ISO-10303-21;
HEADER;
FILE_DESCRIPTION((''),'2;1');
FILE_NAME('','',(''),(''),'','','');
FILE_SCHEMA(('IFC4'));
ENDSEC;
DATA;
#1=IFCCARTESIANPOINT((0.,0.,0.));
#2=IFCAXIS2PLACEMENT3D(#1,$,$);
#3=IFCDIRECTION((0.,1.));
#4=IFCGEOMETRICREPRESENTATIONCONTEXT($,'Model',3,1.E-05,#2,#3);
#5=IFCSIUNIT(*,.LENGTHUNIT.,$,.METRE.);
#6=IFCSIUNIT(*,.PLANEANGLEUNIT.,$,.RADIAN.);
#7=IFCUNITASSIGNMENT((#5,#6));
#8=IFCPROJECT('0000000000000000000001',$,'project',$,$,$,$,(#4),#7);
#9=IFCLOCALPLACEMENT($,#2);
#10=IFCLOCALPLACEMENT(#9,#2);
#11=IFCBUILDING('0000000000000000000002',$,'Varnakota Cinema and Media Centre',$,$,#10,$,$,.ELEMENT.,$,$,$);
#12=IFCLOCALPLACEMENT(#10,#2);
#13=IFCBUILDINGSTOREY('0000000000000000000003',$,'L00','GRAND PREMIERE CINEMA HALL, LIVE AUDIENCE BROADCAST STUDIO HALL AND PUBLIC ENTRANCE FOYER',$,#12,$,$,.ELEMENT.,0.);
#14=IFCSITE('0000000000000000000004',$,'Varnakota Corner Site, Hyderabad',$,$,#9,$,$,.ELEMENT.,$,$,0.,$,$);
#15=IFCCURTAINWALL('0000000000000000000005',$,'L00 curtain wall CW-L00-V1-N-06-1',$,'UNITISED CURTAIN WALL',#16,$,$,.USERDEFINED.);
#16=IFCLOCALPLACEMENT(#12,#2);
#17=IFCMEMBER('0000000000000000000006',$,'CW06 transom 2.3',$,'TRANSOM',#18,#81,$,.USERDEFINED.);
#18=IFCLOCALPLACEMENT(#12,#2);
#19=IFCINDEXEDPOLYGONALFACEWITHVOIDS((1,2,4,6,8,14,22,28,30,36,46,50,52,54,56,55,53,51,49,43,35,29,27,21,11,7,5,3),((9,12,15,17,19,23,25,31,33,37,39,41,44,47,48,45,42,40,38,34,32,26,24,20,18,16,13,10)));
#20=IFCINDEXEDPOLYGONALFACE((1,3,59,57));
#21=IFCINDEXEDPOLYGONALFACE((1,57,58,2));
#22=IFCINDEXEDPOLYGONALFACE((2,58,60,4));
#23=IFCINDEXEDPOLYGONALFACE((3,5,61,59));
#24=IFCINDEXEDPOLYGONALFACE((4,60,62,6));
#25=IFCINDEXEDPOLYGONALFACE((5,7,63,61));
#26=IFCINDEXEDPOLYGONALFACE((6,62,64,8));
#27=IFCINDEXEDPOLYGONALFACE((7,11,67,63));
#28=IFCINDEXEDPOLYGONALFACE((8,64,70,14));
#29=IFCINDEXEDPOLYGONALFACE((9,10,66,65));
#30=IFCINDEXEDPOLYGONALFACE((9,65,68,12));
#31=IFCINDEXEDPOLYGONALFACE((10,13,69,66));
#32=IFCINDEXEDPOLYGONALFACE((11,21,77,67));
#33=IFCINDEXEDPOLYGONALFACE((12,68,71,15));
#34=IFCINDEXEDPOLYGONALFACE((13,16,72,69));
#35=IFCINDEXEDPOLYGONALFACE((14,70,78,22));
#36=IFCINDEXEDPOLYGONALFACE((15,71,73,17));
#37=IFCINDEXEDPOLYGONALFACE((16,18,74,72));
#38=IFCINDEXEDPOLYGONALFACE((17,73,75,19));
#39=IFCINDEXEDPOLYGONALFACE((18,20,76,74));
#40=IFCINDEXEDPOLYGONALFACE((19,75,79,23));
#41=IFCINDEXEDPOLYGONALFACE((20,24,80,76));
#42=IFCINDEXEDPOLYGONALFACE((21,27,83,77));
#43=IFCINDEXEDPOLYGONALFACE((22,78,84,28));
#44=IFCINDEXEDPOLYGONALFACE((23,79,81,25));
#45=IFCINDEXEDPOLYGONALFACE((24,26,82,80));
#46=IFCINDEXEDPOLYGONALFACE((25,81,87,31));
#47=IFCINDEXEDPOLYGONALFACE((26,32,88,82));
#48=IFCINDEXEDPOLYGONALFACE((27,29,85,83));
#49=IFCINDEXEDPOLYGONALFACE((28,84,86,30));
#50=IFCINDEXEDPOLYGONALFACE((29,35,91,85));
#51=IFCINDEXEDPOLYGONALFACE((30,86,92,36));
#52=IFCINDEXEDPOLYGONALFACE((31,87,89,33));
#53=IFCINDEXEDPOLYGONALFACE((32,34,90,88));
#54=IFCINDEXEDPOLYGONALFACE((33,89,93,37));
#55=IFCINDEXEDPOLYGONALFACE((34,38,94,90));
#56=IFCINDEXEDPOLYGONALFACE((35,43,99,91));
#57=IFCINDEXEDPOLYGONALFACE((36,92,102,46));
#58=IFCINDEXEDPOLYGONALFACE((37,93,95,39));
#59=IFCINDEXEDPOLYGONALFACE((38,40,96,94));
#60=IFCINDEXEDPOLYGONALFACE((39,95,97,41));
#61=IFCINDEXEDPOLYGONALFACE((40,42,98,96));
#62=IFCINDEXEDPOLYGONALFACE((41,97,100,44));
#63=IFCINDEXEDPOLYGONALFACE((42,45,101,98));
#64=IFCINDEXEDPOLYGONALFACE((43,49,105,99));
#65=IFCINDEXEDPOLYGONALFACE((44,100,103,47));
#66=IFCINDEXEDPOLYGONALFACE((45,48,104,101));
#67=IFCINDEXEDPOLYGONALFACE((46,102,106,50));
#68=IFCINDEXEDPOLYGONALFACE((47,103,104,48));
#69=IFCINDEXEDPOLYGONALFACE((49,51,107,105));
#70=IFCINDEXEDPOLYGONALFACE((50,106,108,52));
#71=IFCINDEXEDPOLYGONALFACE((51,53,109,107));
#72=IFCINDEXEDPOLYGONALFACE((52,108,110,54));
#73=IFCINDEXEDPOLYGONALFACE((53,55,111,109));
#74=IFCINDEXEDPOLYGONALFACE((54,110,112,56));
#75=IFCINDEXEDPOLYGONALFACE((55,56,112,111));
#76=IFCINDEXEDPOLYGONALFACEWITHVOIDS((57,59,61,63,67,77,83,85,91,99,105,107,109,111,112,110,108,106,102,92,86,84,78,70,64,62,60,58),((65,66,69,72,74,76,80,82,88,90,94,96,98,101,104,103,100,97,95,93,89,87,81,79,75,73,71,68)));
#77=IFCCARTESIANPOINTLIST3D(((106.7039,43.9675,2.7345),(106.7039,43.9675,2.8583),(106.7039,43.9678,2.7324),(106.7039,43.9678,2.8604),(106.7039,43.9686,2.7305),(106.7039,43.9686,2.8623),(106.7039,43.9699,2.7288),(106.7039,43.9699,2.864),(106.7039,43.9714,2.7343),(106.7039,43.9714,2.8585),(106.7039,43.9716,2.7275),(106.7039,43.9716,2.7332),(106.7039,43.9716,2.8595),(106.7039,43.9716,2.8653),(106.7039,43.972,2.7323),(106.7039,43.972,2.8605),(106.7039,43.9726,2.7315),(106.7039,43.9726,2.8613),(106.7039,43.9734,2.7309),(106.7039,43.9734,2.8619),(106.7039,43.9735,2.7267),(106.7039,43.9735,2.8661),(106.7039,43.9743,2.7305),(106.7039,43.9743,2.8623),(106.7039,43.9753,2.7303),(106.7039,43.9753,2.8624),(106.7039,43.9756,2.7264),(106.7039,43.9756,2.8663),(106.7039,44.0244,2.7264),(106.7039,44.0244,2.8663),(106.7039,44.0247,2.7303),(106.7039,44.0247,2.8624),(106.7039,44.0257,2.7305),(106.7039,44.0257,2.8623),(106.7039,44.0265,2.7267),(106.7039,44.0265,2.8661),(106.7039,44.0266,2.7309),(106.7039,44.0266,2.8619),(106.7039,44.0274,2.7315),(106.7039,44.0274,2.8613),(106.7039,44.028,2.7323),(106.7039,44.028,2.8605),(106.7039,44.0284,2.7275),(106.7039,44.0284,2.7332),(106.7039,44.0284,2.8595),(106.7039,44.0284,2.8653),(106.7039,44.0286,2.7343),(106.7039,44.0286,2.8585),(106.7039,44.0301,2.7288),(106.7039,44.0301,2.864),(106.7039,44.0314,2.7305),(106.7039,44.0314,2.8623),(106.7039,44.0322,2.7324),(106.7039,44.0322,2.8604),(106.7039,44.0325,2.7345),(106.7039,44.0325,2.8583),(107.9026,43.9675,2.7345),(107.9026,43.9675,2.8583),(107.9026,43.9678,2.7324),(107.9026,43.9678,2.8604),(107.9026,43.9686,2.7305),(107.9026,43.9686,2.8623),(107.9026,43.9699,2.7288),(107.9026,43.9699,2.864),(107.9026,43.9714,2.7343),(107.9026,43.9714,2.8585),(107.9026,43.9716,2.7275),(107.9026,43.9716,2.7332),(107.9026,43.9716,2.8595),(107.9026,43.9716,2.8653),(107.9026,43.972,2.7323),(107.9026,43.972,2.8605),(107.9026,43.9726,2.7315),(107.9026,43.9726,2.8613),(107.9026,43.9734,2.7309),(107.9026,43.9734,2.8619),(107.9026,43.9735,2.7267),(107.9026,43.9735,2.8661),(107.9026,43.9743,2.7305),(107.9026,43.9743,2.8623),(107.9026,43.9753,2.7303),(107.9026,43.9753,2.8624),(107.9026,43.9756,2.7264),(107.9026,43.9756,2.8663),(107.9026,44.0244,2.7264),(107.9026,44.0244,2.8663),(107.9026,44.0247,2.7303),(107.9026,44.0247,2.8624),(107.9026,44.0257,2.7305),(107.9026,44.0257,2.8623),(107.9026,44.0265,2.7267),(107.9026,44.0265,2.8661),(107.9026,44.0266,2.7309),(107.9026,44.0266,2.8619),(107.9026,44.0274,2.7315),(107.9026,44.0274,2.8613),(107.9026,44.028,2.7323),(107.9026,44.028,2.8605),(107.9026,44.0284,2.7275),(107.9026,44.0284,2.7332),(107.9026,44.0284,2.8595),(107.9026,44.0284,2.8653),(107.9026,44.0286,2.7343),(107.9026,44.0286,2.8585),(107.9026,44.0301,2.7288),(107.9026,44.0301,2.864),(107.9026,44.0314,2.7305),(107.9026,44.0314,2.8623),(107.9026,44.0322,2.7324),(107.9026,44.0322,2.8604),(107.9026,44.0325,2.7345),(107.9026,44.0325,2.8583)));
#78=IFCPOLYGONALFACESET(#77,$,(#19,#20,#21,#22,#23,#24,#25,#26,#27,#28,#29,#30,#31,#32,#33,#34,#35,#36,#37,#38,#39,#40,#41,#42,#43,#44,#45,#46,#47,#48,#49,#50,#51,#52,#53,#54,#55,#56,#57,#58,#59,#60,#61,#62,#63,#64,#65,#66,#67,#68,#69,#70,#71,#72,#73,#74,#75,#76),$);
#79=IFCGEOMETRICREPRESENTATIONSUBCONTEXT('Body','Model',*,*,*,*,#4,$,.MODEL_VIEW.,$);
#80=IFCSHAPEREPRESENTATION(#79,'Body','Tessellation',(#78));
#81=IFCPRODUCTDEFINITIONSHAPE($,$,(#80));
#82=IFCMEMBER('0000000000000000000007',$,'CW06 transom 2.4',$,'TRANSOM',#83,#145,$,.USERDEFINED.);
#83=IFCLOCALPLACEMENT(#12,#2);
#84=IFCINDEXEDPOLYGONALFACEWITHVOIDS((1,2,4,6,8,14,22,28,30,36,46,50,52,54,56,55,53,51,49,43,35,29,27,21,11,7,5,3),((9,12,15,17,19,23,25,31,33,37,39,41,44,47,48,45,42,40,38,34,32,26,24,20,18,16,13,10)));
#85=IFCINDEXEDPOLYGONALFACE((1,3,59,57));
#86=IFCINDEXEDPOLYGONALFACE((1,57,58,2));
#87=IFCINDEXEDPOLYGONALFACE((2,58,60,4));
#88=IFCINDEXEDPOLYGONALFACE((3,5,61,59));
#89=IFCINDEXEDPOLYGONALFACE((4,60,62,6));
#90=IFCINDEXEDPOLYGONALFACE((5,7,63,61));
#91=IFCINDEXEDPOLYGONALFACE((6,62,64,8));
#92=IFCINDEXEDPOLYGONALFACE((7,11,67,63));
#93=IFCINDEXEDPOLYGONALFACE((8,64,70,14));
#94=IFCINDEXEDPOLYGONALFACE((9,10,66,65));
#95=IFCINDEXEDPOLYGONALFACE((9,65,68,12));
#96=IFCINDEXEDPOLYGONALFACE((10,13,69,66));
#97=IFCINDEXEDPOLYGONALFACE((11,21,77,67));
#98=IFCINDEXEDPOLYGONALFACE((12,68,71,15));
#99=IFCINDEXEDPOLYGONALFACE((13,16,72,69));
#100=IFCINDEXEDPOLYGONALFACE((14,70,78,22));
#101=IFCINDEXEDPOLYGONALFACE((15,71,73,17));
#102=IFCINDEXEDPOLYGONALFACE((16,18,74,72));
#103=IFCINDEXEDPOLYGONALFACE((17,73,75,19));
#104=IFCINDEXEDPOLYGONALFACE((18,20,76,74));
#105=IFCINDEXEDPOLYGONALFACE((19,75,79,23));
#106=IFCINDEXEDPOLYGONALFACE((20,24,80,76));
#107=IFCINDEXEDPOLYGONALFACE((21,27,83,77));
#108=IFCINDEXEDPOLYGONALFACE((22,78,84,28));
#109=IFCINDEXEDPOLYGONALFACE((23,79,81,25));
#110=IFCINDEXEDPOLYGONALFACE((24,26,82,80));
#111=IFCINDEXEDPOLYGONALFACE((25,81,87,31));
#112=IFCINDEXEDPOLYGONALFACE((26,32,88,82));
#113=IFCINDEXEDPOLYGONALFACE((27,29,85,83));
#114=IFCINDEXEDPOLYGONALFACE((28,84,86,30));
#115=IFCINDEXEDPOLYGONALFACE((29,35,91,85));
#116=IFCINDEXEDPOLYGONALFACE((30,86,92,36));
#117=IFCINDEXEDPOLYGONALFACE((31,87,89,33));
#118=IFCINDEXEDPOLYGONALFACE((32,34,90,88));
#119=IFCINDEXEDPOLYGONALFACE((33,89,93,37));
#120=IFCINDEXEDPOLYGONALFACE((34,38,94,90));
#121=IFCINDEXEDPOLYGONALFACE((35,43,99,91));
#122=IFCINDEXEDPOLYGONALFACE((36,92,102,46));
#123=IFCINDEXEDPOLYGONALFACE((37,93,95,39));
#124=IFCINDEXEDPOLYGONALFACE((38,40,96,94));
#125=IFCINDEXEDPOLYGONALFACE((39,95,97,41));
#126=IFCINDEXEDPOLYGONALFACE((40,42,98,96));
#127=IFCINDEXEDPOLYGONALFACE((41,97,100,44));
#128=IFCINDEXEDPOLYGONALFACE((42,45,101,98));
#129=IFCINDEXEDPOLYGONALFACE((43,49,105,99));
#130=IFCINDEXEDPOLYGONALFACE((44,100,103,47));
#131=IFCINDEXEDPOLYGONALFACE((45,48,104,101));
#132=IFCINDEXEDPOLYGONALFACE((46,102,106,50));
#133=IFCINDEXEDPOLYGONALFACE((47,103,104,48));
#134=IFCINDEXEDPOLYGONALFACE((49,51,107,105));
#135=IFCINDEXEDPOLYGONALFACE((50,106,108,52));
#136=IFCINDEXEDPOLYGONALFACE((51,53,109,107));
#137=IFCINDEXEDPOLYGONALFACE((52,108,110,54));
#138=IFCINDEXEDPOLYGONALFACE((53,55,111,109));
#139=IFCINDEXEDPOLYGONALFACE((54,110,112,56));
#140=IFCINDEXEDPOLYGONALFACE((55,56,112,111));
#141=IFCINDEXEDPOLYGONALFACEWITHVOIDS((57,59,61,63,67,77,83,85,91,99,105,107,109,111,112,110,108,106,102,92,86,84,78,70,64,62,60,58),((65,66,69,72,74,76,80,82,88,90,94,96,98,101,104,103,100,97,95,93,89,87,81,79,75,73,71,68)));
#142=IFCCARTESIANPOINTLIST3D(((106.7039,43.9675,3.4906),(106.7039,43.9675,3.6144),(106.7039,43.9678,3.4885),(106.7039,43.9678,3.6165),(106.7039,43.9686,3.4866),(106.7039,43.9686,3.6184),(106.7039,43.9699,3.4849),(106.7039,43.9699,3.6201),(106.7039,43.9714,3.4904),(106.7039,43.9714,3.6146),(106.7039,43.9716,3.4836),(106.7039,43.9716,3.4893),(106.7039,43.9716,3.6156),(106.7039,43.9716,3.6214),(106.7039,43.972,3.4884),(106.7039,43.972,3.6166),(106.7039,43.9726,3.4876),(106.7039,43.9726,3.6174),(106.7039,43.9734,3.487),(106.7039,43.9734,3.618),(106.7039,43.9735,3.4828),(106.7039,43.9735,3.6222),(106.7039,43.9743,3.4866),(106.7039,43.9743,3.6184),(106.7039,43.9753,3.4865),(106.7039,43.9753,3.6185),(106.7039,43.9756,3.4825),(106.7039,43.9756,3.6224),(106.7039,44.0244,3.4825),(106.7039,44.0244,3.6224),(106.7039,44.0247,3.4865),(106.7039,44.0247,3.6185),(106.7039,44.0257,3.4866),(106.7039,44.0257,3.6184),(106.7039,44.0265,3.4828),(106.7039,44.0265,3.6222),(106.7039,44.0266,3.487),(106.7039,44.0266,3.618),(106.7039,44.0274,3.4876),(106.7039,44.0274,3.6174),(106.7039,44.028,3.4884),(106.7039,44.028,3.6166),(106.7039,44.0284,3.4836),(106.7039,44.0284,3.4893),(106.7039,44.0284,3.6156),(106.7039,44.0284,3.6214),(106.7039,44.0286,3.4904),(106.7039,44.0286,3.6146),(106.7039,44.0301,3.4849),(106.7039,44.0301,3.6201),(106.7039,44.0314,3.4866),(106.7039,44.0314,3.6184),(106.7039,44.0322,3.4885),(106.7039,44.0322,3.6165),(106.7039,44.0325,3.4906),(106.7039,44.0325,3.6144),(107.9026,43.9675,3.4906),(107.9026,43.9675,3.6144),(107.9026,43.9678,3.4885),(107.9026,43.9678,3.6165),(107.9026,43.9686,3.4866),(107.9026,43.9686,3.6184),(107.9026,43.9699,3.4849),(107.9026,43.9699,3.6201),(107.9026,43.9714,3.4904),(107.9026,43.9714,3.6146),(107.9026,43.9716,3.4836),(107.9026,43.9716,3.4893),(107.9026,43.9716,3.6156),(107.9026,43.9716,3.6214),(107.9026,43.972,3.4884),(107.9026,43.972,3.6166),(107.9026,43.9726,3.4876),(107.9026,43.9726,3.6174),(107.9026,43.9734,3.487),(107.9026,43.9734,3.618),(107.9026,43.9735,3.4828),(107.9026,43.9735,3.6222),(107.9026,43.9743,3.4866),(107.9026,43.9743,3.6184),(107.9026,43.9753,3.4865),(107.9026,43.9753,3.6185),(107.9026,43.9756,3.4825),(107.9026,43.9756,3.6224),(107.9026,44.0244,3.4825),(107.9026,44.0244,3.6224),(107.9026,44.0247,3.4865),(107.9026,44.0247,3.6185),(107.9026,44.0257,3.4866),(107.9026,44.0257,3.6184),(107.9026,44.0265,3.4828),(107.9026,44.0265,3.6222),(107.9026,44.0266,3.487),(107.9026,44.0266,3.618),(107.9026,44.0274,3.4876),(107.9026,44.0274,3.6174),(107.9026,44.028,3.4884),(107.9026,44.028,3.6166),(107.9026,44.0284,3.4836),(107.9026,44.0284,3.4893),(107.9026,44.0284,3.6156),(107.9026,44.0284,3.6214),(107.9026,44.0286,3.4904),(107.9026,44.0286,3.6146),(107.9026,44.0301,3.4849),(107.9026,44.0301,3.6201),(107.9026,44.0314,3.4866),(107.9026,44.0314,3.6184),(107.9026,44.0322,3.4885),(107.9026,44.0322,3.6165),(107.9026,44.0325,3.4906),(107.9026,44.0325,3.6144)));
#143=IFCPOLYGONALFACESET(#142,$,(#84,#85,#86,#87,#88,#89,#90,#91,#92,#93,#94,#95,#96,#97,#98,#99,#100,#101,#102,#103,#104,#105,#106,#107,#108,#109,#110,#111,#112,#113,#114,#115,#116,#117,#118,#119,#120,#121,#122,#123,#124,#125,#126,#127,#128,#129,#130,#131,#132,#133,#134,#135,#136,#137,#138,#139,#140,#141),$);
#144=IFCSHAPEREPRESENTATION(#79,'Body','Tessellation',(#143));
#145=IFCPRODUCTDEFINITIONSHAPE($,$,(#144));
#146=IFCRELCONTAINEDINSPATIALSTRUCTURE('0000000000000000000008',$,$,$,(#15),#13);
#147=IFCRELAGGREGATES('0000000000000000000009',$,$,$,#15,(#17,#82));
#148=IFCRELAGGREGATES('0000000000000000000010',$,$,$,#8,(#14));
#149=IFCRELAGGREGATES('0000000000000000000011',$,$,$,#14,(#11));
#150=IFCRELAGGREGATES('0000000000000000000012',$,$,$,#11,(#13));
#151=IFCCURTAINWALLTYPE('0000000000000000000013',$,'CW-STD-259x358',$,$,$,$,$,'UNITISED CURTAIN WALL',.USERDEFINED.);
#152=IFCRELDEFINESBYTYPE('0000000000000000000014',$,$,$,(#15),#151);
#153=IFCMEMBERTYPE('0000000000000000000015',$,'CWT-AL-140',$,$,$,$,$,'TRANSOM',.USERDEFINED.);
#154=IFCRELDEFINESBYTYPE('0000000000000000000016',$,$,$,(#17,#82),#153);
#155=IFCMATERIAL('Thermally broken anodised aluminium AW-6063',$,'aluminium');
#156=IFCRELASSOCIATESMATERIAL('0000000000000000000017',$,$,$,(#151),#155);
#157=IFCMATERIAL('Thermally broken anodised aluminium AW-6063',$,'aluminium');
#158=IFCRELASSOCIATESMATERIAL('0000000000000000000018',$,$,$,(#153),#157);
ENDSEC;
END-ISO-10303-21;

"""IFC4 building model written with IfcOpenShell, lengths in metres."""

from ifc_helpers import new_model, si_unit, direction, frame, origin, origin_2d, place, context, subcontext, project, spatial, hollow_rectangle, extrude, material, material_profile, profile_set, type_object, element, aggregate, save


model = new_model("IFC4")

# Units and contexts
model_context = context("Model", 3, precision=1e-05, world=origin(), true_north=direction((0.0, 1.0)))
body_context = subcontext(model_context, "Body", "Model", "MODEL_VIEW")
ifc_project = project(units=[si_unit("LENGTHUNIT", "METRE"), si_unit("PLANEANGLEUNIT", "RADIAN")], contexts=[model_context])

# Site, building, storey
site_placement = place(None, origin())
site = spatial("IfcSite", under=ifc_project, at=site_placement, Name="Varnakota Corner Site, Hyderabad", CompositionType="ELEMENT", RefElevation=0.0)
building_placement = place(site_placement, origin())
building = spatial("IfcBuilding", under=site, at=building_placement, Name="Varnakota Cinema and Media Centre", CompositionType="ELEMENT")
storey_placement = place(building_placement, origin())
storey = spatial("IfcBuildingStorey", under=building, at=storey_placement, Name="L00", Description="GRAND PREMIERE CINEMA HALL, LIVE AUDIENCE BROADCAST STUDIO HALL AND PUBLIC ENTRANCE FOYER", CompositionType="ELEMENT", Elevation=0.0)

# Shared definitions
ifc_material_1 = material(Name="Thermally broken anodised aluminium AW-6063", Category="aluminium")
curtain_wall_type = type_object("IfcCurtainWallType", Name="CW-STD-259x358", ElementType="UNITISED CURTAIN WALL", PredefinedType="USERDEFINED", material=ifc_material_1)

# Curtain wall
curtain_wall_1_placement = place(storey_placement, origin())
curtain_wall_1 = element("IfcCurtainWall", 1, at=curtain_wall_1_placement, inside=storey, type_object=curtain_wall_type, Name="L00 curtain wall CW-L00-V1-N-06-1", ObjectType="UNITISED CURTAIN WALL", PredefinedType="USERDEFINED")

# Members
ifc_material_2 = material(Name="Thermally broken anodised aluminium AW-6063", Category="aluminium")
ifc_material_profile_1 = material_profile(ifc_material_2, hollow_rectangle(XDim=0.0649, YDim=0.1399, WallThickness=0.0039, InnerFilletRadius=0.0039, OuterFilletRadius=0.0081, at=origin_2d()), Name="AL-TRANSOM 140x65x4")
ifc_profile_set_1 = profile_set([ifc_material_profile_1], Name="Thermally broken anodised aluminium AW-6063")
member_type_1 = type_object("IfcMemberType", Name="CWT-AL-140", ElementType="TRANSOM", PredefinedType="USERDEFINED", material=ifc_profile_set_1)
member_1_placement = place(storey_placement, frame((106.7039, 44.0, 2.7964), z_axis=(1.0, 0.0, 0.0), x_axis=(0.0, 1.0, 0.0)))
member_1 = element("IfcMember", 2, at=member_1_placement, type_object=member_type_1, Name="CW06 transom 2.3", ObjectType="TRANSOM", PredefinedType="USERDEFINED", context=body_context, shape_type="SweptSolid", body=[
    extrude(hollow_rectangle(XDim=0.0649, YDim=0.1399, WallThickness=0.0039, InnerFilletRadius=0.0039, OuterFilletRadius=0.0081, at=origin_2d()), origin(), (0.0, 0.0, 1.0), 1.1987),
])
member_2_placement = place(storey_placement, frame((106.7039, 44.0, 3.5525), z_axis=(1.0, 0.0, 0.0), x_axis=(0.0, 1.0, 0.0)))
member_2 = element("IfcMember", 3, at=member_2_placement, type_object=member_type_1, Name="CW06 transom 2.4", ObjectType="TRANSOM", PredefinedType="USERDEFINED", context=body_context, shape_type="SweptSolid", body=[
    extrude(hollow_rectangle(XDim=0.0649, YDim=0.1399, WallThickness=0.0039, InnerFilletRadius=0.0039, OuterFilletRadius=0.0081, at=origin_2d()), origin(), (0.0, 0.0, 1.0), 1.1987),
])

aggregate(curtain_wall_1, [member_1, member_2])

save(model, "model.ifc")
